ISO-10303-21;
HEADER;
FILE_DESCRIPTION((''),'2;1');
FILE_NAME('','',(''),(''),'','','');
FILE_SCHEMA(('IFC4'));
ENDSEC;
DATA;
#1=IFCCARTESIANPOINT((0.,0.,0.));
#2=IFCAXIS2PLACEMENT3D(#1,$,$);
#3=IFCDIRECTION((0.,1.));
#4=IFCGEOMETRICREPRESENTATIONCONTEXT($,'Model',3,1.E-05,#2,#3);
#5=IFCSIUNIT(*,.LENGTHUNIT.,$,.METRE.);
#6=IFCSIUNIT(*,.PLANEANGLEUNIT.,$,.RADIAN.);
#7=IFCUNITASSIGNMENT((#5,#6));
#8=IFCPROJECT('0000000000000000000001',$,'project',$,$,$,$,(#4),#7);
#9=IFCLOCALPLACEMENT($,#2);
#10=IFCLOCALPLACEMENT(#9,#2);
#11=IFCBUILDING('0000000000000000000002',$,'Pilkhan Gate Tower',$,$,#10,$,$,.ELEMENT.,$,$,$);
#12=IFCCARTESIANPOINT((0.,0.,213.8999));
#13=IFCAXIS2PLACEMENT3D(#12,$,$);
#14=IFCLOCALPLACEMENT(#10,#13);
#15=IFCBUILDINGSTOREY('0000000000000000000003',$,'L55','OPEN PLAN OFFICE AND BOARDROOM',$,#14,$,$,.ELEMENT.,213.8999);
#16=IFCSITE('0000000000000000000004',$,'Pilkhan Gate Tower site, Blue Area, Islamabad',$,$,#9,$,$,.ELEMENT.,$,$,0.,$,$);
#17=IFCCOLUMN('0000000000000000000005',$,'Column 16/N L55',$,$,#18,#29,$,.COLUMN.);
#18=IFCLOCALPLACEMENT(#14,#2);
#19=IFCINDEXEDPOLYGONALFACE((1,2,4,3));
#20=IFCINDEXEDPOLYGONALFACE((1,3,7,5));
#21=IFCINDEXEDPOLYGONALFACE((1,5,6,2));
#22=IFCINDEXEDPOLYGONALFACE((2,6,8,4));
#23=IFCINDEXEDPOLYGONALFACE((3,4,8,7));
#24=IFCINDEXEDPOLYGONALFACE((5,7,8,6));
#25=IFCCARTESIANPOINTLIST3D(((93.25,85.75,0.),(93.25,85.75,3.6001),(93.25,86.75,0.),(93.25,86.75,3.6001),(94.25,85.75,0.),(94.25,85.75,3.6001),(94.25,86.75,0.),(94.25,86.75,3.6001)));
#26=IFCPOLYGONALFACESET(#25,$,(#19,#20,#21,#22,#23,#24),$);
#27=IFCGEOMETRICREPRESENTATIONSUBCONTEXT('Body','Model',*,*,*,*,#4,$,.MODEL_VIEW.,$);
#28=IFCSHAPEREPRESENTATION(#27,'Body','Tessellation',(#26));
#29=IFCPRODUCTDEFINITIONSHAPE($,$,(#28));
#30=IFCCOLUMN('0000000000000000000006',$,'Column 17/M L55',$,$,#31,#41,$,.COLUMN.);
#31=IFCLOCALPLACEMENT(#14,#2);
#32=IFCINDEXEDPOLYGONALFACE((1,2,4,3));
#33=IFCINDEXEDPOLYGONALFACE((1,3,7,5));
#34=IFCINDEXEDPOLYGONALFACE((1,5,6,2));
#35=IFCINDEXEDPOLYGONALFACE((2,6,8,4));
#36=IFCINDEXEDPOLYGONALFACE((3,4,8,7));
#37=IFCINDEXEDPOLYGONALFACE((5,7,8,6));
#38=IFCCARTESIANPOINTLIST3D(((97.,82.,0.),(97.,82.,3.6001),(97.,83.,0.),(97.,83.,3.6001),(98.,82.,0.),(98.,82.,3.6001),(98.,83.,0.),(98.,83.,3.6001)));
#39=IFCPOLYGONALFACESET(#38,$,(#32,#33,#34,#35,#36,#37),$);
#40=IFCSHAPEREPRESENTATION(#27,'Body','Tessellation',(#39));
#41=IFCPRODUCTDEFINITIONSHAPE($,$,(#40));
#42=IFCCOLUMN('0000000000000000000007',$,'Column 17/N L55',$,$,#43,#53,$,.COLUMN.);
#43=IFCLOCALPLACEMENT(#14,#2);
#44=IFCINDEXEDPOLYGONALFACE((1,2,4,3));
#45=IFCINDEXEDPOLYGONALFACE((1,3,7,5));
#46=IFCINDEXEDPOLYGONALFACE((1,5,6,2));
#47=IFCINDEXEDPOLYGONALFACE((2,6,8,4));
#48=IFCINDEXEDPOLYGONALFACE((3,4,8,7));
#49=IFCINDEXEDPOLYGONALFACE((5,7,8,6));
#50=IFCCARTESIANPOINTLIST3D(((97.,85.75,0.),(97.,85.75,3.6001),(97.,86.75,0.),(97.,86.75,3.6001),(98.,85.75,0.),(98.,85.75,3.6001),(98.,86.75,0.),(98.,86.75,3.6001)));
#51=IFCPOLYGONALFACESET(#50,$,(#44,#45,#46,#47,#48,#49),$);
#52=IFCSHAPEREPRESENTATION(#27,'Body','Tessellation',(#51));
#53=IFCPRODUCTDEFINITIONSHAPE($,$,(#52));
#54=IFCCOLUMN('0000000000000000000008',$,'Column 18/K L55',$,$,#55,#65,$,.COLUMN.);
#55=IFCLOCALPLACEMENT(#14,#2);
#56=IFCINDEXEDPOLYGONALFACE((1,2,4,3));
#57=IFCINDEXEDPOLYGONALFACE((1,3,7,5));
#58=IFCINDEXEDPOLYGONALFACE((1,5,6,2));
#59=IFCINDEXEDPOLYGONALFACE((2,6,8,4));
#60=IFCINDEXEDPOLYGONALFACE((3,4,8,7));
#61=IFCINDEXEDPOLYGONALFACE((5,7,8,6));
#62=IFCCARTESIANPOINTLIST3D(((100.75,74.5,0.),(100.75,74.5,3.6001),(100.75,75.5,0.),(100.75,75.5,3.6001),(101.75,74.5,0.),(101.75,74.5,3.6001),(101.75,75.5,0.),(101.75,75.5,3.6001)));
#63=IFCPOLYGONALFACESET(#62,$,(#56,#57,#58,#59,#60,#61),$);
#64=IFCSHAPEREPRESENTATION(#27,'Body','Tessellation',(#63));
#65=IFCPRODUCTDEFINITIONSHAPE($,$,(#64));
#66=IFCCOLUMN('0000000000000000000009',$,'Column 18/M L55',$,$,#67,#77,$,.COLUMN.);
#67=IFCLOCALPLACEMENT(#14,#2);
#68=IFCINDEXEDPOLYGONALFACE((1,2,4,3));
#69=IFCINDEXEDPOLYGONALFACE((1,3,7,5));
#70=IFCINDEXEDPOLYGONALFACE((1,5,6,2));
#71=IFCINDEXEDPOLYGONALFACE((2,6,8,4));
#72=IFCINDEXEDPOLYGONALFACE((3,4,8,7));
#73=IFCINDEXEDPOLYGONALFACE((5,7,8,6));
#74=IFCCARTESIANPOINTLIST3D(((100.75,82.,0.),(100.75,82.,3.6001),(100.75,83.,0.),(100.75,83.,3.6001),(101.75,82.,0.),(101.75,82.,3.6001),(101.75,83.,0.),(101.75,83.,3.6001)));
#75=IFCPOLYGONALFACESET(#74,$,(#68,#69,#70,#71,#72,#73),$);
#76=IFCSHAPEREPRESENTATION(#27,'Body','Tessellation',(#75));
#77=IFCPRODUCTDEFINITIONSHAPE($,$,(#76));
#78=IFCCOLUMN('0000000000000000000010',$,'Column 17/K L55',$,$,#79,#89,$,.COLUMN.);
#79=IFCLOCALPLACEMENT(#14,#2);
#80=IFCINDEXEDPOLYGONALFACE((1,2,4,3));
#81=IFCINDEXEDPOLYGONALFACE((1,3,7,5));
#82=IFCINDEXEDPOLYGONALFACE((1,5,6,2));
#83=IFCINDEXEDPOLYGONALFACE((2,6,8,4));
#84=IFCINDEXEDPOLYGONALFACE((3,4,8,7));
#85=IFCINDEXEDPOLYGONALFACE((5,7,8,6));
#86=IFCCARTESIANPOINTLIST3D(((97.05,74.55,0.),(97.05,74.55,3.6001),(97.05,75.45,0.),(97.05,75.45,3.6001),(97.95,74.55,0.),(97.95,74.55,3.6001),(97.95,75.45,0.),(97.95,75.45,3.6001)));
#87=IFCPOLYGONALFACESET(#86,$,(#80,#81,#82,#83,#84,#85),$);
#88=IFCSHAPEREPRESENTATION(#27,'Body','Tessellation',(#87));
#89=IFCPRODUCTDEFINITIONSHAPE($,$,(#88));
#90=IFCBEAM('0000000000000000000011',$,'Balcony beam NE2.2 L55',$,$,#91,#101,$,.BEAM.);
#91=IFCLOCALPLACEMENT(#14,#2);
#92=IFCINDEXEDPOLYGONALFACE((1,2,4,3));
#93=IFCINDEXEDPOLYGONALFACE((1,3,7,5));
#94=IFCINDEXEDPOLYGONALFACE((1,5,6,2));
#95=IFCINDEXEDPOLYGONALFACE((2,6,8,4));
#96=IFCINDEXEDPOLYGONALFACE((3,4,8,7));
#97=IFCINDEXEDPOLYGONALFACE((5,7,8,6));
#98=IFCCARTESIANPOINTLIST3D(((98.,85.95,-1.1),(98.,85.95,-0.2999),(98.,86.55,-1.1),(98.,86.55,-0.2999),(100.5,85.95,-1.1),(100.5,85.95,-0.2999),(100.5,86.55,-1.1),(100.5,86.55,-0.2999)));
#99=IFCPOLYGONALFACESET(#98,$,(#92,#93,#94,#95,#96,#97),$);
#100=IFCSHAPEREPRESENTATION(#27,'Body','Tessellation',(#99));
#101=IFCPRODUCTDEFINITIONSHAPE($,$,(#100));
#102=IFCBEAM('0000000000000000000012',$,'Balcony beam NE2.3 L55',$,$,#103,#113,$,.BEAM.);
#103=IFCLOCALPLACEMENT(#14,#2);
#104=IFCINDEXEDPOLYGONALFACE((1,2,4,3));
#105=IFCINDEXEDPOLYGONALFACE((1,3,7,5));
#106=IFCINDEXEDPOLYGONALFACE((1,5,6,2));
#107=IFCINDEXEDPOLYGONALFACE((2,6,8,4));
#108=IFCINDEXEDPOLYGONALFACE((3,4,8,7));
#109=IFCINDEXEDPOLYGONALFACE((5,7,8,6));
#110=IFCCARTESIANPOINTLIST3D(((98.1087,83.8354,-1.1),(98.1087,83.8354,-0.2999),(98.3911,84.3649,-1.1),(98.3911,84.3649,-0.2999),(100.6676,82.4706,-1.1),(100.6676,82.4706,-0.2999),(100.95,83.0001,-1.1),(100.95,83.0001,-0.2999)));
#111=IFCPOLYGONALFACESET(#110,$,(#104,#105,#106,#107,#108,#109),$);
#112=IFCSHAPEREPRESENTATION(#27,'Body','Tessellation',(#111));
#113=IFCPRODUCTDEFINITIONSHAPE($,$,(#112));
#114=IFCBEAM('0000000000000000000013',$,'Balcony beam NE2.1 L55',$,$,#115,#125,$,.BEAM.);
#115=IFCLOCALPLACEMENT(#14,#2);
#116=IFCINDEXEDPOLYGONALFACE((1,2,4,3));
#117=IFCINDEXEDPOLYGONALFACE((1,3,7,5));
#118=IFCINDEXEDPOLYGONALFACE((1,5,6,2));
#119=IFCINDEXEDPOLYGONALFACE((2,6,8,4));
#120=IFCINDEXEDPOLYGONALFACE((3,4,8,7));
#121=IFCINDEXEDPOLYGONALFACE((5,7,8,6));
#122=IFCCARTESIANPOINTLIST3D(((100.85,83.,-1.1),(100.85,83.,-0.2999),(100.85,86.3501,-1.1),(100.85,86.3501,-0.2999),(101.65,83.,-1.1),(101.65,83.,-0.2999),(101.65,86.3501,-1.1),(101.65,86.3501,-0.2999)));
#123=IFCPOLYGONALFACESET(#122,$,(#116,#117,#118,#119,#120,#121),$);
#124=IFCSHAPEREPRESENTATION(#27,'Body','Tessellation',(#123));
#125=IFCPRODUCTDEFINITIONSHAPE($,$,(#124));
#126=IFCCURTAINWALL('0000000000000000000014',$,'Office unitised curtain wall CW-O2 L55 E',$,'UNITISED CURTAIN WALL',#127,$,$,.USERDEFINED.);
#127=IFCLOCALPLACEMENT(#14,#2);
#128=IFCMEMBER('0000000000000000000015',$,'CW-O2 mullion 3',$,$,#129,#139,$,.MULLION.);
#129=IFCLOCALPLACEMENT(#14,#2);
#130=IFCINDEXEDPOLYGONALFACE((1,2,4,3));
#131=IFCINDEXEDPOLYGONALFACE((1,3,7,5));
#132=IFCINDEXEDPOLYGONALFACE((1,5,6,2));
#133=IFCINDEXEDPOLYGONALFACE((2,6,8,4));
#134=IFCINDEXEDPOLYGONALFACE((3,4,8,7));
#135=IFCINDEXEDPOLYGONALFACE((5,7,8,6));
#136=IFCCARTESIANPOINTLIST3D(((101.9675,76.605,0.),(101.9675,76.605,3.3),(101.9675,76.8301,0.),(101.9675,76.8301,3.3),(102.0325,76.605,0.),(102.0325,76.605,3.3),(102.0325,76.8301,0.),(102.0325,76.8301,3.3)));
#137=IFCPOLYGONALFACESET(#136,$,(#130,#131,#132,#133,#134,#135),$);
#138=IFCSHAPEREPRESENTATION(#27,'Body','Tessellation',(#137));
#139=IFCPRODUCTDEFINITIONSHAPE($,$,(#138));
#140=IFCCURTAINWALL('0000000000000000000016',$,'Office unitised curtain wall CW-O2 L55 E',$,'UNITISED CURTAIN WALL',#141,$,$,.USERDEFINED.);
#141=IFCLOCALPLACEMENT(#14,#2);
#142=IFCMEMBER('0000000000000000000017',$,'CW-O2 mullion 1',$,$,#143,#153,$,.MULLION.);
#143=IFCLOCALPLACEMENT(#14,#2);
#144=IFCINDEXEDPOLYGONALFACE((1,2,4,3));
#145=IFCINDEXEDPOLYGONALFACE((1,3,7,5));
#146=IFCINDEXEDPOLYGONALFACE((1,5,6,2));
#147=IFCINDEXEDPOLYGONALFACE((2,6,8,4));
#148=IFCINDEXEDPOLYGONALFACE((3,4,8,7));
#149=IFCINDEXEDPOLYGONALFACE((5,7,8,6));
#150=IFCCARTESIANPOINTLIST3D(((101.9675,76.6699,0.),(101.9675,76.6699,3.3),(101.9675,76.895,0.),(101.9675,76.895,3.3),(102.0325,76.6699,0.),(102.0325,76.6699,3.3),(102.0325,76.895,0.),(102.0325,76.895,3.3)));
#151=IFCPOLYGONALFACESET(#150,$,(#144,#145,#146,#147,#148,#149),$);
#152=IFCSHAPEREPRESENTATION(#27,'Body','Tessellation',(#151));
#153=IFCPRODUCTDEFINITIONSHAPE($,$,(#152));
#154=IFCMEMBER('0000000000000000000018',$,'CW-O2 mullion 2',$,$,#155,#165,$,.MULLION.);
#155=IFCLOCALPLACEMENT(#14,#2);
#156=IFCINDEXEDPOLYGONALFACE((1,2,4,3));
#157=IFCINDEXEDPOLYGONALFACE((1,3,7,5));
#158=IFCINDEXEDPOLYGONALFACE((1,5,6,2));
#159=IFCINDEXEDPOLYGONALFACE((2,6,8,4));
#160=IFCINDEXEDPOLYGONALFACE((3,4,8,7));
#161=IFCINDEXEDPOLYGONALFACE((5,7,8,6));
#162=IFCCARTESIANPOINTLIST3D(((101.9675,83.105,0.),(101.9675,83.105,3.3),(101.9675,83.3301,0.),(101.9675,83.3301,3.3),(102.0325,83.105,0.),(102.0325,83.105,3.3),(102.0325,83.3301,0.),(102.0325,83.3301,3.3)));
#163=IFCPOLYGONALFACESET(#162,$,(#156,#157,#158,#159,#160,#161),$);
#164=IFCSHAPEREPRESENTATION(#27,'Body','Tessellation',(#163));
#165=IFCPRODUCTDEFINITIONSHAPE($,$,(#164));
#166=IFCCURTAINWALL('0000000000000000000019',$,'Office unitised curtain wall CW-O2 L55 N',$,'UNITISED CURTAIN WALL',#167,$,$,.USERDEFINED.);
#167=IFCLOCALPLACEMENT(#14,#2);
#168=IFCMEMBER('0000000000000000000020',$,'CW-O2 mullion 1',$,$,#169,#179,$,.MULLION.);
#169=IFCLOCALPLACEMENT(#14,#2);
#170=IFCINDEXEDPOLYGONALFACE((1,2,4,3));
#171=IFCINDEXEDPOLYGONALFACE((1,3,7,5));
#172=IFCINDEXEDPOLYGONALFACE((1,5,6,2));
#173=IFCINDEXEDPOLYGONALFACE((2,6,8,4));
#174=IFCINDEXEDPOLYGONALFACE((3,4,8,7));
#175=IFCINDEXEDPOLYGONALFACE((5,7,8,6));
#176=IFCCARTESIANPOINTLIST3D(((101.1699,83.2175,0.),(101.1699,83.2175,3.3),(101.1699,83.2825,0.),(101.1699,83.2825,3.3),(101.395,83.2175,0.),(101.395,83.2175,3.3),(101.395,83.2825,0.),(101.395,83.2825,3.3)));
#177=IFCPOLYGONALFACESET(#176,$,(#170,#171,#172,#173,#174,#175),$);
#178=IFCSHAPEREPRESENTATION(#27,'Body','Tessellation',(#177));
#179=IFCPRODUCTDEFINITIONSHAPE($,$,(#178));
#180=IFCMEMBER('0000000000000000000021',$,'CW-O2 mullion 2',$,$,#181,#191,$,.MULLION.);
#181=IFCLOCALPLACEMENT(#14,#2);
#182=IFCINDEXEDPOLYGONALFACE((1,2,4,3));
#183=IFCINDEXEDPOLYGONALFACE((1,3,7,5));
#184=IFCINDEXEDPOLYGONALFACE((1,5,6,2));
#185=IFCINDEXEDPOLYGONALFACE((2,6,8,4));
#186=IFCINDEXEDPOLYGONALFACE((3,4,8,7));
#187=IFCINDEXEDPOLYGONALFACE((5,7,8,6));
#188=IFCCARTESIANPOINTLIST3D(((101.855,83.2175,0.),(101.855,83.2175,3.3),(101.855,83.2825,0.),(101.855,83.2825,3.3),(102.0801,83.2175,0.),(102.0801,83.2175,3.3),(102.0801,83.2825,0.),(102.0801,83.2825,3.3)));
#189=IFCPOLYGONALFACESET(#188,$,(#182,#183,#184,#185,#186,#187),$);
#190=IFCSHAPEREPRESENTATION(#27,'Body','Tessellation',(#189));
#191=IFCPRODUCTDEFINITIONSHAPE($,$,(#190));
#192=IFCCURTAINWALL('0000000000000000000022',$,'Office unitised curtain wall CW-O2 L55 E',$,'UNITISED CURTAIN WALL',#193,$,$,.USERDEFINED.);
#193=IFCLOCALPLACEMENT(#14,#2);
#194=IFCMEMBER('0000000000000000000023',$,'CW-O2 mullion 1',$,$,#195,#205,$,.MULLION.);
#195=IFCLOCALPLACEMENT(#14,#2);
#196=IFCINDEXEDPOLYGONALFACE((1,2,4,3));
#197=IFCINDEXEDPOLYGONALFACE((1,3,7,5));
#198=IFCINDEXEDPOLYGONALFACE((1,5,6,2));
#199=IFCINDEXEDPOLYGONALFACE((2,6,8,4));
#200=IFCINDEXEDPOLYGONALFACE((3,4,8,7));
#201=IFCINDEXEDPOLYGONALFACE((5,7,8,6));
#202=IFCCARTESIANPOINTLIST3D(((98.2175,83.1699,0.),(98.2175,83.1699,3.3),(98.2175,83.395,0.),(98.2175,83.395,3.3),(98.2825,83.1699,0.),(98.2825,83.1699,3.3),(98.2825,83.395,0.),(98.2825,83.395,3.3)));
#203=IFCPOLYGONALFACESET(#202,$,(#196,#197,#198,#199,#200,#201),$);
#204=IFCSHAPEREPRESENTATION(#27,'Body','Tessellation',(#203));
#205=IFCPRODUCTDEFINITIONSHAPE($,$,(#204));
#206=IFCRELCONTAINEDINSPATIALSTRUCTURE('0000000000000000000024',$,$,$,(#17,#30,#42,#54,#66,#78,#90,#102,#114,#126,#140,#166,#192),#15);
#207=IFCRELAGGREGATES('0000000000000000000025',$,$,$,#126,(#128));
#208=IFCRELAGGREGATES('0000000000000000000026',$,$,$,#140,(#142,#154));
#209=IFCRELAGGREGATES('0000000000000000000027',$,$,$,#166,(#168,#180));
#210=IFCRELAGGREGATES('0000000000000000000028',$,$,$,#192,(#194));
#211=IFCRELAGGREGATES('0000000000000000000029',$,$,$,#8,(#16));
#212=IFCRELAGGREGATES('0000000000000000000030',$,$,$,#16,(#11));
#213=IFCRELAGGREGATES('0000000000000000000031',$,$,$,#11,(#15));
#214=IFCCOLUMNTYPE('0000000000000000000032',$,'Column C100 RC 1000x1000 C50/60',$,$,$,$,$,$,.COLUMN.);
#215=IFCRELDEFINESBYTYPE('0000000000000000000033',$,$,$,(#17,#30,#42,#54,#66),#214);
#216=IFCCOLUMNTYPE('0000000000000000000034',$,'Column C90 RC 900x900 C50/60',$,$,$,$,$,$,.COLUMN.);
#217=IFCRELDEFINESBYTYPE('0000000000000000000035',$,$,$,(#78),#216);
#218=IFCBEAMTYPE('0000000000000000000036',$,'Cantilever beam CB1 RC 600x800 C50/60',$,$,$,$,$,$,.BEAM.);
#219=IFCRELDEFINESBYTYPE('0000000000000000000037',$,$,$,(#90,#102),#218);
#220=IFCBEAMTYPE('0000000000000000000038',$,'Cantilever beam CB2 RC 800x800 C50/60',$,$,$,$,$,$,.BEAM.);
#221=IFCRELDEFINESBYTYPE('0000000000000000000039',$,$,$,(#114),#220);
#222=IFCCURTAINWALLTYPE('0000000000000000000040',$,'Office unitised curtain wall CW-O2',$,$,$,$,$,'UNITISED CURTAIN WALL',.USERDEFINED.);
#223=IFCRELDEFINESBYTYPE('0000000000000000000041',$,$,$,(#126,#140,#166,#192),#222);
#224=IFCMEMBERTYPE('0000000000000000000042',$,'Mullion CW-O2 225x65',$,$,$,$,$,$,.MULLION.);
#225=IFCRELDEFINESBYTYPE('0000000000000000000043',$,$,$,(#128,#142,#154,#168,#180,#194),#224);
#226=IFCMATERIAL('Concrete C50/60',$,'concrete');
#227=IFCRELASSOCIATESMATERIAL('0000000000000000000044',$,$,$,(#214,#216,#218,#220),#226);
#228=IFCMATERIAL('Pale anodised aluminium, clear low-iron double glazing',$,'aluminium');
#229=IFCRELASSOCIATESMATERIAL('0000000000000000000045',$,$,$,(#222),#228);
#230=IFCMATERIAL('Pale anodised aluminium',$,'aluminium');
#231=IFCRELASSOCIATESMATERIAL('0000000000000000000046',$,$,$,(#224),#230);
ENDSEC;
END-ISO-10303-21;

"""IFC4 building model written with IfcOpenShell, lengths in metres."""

from ifc_helpers import new_model, si_unit, direction, frame, origin, origin_2d, place, context, subcontext, project, spatial, rectangle, extrude, material, material_profile, profile_set, type_object, element, aggregate, save


model = new_model("IFC4")

# Units and contexts
model_context = context("Model", 3, precision=1e-05, world=origin(), true_north=direction((0.0, 1.0)))
body_context = subcontext(model_context, "Body", "Model", "MODEL_VIEW")
ifc_project = project(units=[si_unit("LENGTHUNIT", "METRE"), si_unit("PLANEANGLEUNIT", "RADIAN")], contexts=[model_context])

# Site, building, storey
site_placement = place(None, origin())
site = spatial("IfcSite", under=ifc_project, at=site_placement, Name="Pilkhan Gate Tower site, Blue Area, Islamabad", CompositionType="ELEMENT", RefElevation=0.0)
building_placement = place(site_placement, origin())
building = spatial("IfcBuilding", under=site, at=building_placement, Name="Pilkhan Gate Tower", CompositionType="ELEMENT")
storey_placement = place(building_placement, frame((0.0, 0.0, 213.8999)))
storey = spatial("IfcBuildingStorey", under=building, at=storey_placement, Name="L55", Description="OPEN PLAN OFFICE AND BOARDROOM", CompositionType="ELEMENT", Elevation=213.8999)

# Columns
ifc_material_1 = material(Name="Concrete C50/60", Category="concrete")
ifc_material_profile_1 = material_profile(ifc_material_1, rectangle(XDim=1.0, YDim=1.0, at=origin_2d()), Name="RC 1000x1000")
ifc_profile_set_1 = profile_set([ifc_material_profile_1], Name="Concrete C50/60")
column_type_1 = type_object("IfcColumnType", Name="Column C100 RC 1000x1000 C50/60", PredefinedType="COLUMN", material=ifc_profile_set_1)
for number, where, z_axis, x_axis, name in (
    (1, (93.75, 86.25, 0.0), (0.0, 0.0, 1.0), (1.0, 0.0, 0.0), "Column 16/N L55"),
    (2, (97.5, 82.5, 0.0), (0.0, 0.0, 1.0), (1.0, 0.0, 0.0), "Column 17/M L55"),
    (3, (97.5, 86.25, 0.0), (0.0, 0.0, 1.0), (1.0, 0.0, 0.0), "Column 17/N L55"),
    (4, (101.25, 75.0, 0.0), (0.0, 0.0, 1.0), (1.0, 0.0, 0.0), "Column 18/K L55"),
    (5, (101.25, 82.5, 0.0), (0.0, 0.0, 1.0), (1.0, 0.0, 0.0), "Column 18/M L55"),
):
    element("IfcColumn", number, at=place(storey_placement, frame(where, z_axis=z_axis, x_axis=x_axis)), inside=storey, type_object=column_type_1, Name=name, PredefinedType="COLUMN", context=body_context, shape_type="SweptSolid", body=[
        extrude(rectangle(XDim=1.0, YDim=1.0, at=origin_2d()), origin(), (0.0, 0.0, 1.0), 3.6001),
    ])
ifc_material_profile_2 = material_profile(ifc_material_1, rectangle(XDim=0.8999, YDim=0.8999, at=origin_2d()), Name="RC 900x900")
ifc_profile_set_2 = profile_set([ifc_material_profile_2], Name="Concrete C50/60")
column_type_2 = type_object("IfcColumnType", Name="Column C90 RC 900x900 C50/60", PredefinedType="COLUMN", material=ifc_profile_set_2)
column_placement = place(storey_placement, frame((97.5, 75.0, 0.0), z_axis=(0.0, 0.0, 1.0), x_axis=(1.0, 0.0, 0.0)))
element("IfcColumn", 6, at=column_placement, inside=storey, type_object=column_type_2, Name="Column 17/K L55", PredefinedType="COLUMN", context=body_context, shape_type="SweptSolid", body=[
    extrude(rectangle(XDim=0.8999, YDim=0.8999, at=origin_2d()), origin(), (0.0, 0.0, 1.0), 3.6001),
])

# Beams
ifc_material_profile_3 = material_profile(ifc_material_1, rectangle(XDim=0.6001, YDim=0.8, at=origin_2d()), Name="RC 600x800")
ifc_profile_set_3 = profile_set([ifc_material_profile_3], Name="Concrete C50/60")
beam_type_1 = type_object("IfcBeamType", Name="Cantilever beam CB1 RC 600x800 C50/60", PredefinedType="BEAM", material=ifc_profile_set_3)
beam_1_placement = place(storey_placement, frame((98.0, 86.25, -0.7), z_axis=(1.0, 0.0, 0.0), x_axis=(0.0, 1.0, 0.0)))
element("IfcBeam", 7, at=beam_1_placement, inside=storey, type_object=beam_type_1, Name="Balcony beam NE2.2 L55", PredefinedType="BEAM", context=body_context, shape_type="SweptSolid", body=[
    extrude(rectangle(XDim=0.6001, YDim=0.8, at=origin_2d()), origin(), (0.0, 0.0, 1.0), 2.5),
])
beam_2_placement = place(storey_placement, frame((100.8088, 82.7354, -0.7), z_axis=(-0.882348, 0.470597, 0.0), x_axis=(-0.470597, -0.882348, 0.0)))
element("IfcBeam", 8, at=beam_2_placement, inside=storey, type_object=beam_type_1, Name="Balcony beam NE2.3 L55", PredefinedType="BEAM", context=body_context, shape_type="SweptSolid", body=[
    extrude(rectangle(XDim=0.6001, YDim=0.8, at=origin_2d()), origin(), (0.0, 0.0, 1.0), 2.9001),
])
ifc_material_profile_4 = material_profile(ifc_material_1, rectangle(XDim=0.8, YDim=0.8, at=origin_2d()), Name="RC 800x800")
ifc_profile_set_4 = profile_set([ifc_material_profile_4], Name="Concrete C50/60")
beam_type_2 = type_object("IfcBeamType", Name="Cantilever beam CB2 RC 800x800 C50/60", PredefinedType="BEAM", material=ifc_profile_set_4)
beam_3_placement = place(storey_placement, frame((101.25, 83.0, -0.7), z_axis=(0.0, 1.0, 0.0), x_axis=(-1.0, 0.0, 0.0)))
element("IfcBeam", 9, at=beam_3_placement, inside=storey, type_object=beam_type_2, Name="Balcony beam NE2.1 L55", PredefinedType="BEAM", context=body_context, shape_type="SweptSolid", body=[
    extrude(rectangle(XDim=0.8, YDim=0.8, at=origin_2d()), origin(), (0.0, 0.0, 1.0), 3.3501),
])

# Curtain wall, member
ifc_material_2 = material(Name="Pale anodised aluminium, clear low-iron double glazing", Category="aluminium")
curtain_wall_type = type_object("IfcCurtainWallType", Name="Office unitised curtain wall CW-O2", ElementType="UNITISED CURTAIN WALL", PredefinedType="USERDEFINED", material=ifc_material_2)
curtain_wall_1_placement = place(storey_placement, origin())
curtain_wall_1 = element("IfcCurtainWall", 10, at=curtain_wall_1_placement, inside=storey, type_object=curtain_wall_type, Name="Office unitised curtain wall CW-O2 L55 E", ObjectType="UNITISED CURTAIN WALL", PredefinedType="USERDEFINED")
ifc_material_3 = material(Name="Pale anodised aluminium", Category="aluminium")
ifc_material_profile_5 = material_profile(ifc_material_3, rectangle(XDim=0.0649, YDim=0.2251, at=origin_2d()), Name="Mullion 225x65")
ifc_profile_set_5 = profile_set([ifc_material_profile_5], Name="Pale anodised aluminium")
member_type_1 = type_object("IfcMemberType", Name="Mullion CW-O2 225x65", PredefinedType="MULLION", material=ifc_profile_set_5)
member_1_placement = place(storey_placement, frame((102.0, 76.7175, 0.0), z_axis=(0.0, 0.0, 1.0), x_axis=(-1.0, 0.0, 0.0)))
member_1 = element("IfcMember", 11, at=member_1_placement, type_object=member_type_1, Name="CW-O2 mullion 3", PredefinedType="MULLION", context=body_context, shape_type="SweptSolid", body=[
    extrude(rectangle(XDim=0.0649, YDim=0.2251, at=origin_2d()), origin(), (0.0, 0.0, 1.0), 3.3),
])
aggregate(curtain_wall_1, [member_1])

# Curtain walls, members
curtain_wall_2_placement = place(storey_placement, origin())
curtain_wall_2 = element("IfcCurtainWall", 12, at=curtain_wall_2_placement, inside=storey, type_object=curtain_wall_type, Name="Office unitised curtain wall CW-O2 L55 E", ObjectType="UNITISED CURTAIN WALL", PredefinedType="USERDEFINED")
member_2_placement = place(storey_placement, frame((102.0, 76.7825, 0.0), z_axis=(0.0, 0.0, 1.0), x_axis=(-1.0, 0.0, 0.0)))
member_2 = element("IfcMember", 13, at=member_2_placement, type_object=member_type_1, Name="CW-O2 mullion 1", PredefinedType="MULLION", context=body_context, shape_type="SweptSolid", body=[
    extrude(rectangle(XDim=0.0649, YDim=0.2251, at=origin_2d()), origin(), (0.0, 0.0, 1.0), 3.3),
])
member_3_placement = place(storey_placement, frame((102.0, 83.2175, 0.0), z_axis=(0.0, 0.0, 1.0), x_axis=(-1.0, 0.0, 0.0)))
member_3 = element("IfcMember", 14, at=member_3_placement, type_object=member_type_1, Name="CW-O2 mullion 2", PredefinedType="MULLION", context=body_context, shape_type="SweptSolid", body=[
    extrude(rectangle(XDim=0.0649, YDim=0.2251, at=origin_2d()), origin(), (0.0, 0.0, 1.0), 3.3),
])
curtain_wall_3_placement = place(storey_placement, origin())
curtain_wall_3 = element("IfcCurtainWall", 15, at=curtain_wall_3_placement, inside=storey, type_object=curtain_wall_type, Name="Office unitised curtain wall CW-O2 L55 N", ObjectType="UNITISED CURTAIN WALL", PredefinedType="USERDEFINED")
member_4_placement = place(storey_placement, frame((101.2825, 83.25, 0.0), z_axis=(0.0, 0.0, 1.0), x_axis=(0.0, 1.0, 0.0)))
member_4 = element("IfcMember", 16, at=member_4_placement, type_object=member_type_1, Name="CW-O2 mullion 1", PredefinedType="MULLION", context=body_context, shape_type="SweptSolid", body=[
    extrude(rectangle(XDim=0.0649, YDim=0.2251, at=origin_2d()), origin(), (0.0, 0.0, 1.0), 3.3),
])
member_5_placement = place(storey_placement, frame((101.9675, 83.25, 0.0), z_axis=(0.0, 0.0, 1.0), x_axis=(0.0, 1.0, 0.0)))
member_5 = element("IfcMember", 17, at=member_5_placement, type_object=member_type_1, Name="CW-O2 mullion 2", PredefinedType="MULLION", context=body_context, shape_type="SweptSolid", body=[
    extrude(rectangle(XDim=0.0649, YDim=0.2251, at=origin_2d()), origin(), (0.0, 0.0, 1.0), 3.3),
])

# Curtain wall, member
curtain_wall_4_placement = place(storey_placement, origin())
curtain_wall_4 = element("IfcCurtainWall", 18, at=curtain_wall_4_placement, inside=storey, type_object=curtain_wall_type, Name="Office unitised curtain wall CW-O2 L55 E", ObjectType="UNITISED CURTAIN WALL", PredefinedType="USERDEFINED")
member_6_placement = place(storey_placement, frame((98.25, 83.2825, 0.0), z_axis=(0.0, 0.0, 1.0), x_axis=(-1.0, 0.0, 0.0)))
member_6 = element("IfcMember", 19, at=member_6_placement, type_object=member_type_1, Name="CW-O2 mullion 1", PredefinedType="MULLION", context=body_context, shape_type="SweptSolid", body=[
    extrude(rectangle(XDim=0.0649, YDim=0.2251, at=origin_2d()), origin(), (0.0, 0.0, 1.0), 3.3),
])

aggregate(curtain_wall_2, [member_2, member_3])
aggregate(curtain_wall_3, [member_4, member_5])
aggregate(curtain_wall_4, [member_6])

save(model, "model.ifc")
